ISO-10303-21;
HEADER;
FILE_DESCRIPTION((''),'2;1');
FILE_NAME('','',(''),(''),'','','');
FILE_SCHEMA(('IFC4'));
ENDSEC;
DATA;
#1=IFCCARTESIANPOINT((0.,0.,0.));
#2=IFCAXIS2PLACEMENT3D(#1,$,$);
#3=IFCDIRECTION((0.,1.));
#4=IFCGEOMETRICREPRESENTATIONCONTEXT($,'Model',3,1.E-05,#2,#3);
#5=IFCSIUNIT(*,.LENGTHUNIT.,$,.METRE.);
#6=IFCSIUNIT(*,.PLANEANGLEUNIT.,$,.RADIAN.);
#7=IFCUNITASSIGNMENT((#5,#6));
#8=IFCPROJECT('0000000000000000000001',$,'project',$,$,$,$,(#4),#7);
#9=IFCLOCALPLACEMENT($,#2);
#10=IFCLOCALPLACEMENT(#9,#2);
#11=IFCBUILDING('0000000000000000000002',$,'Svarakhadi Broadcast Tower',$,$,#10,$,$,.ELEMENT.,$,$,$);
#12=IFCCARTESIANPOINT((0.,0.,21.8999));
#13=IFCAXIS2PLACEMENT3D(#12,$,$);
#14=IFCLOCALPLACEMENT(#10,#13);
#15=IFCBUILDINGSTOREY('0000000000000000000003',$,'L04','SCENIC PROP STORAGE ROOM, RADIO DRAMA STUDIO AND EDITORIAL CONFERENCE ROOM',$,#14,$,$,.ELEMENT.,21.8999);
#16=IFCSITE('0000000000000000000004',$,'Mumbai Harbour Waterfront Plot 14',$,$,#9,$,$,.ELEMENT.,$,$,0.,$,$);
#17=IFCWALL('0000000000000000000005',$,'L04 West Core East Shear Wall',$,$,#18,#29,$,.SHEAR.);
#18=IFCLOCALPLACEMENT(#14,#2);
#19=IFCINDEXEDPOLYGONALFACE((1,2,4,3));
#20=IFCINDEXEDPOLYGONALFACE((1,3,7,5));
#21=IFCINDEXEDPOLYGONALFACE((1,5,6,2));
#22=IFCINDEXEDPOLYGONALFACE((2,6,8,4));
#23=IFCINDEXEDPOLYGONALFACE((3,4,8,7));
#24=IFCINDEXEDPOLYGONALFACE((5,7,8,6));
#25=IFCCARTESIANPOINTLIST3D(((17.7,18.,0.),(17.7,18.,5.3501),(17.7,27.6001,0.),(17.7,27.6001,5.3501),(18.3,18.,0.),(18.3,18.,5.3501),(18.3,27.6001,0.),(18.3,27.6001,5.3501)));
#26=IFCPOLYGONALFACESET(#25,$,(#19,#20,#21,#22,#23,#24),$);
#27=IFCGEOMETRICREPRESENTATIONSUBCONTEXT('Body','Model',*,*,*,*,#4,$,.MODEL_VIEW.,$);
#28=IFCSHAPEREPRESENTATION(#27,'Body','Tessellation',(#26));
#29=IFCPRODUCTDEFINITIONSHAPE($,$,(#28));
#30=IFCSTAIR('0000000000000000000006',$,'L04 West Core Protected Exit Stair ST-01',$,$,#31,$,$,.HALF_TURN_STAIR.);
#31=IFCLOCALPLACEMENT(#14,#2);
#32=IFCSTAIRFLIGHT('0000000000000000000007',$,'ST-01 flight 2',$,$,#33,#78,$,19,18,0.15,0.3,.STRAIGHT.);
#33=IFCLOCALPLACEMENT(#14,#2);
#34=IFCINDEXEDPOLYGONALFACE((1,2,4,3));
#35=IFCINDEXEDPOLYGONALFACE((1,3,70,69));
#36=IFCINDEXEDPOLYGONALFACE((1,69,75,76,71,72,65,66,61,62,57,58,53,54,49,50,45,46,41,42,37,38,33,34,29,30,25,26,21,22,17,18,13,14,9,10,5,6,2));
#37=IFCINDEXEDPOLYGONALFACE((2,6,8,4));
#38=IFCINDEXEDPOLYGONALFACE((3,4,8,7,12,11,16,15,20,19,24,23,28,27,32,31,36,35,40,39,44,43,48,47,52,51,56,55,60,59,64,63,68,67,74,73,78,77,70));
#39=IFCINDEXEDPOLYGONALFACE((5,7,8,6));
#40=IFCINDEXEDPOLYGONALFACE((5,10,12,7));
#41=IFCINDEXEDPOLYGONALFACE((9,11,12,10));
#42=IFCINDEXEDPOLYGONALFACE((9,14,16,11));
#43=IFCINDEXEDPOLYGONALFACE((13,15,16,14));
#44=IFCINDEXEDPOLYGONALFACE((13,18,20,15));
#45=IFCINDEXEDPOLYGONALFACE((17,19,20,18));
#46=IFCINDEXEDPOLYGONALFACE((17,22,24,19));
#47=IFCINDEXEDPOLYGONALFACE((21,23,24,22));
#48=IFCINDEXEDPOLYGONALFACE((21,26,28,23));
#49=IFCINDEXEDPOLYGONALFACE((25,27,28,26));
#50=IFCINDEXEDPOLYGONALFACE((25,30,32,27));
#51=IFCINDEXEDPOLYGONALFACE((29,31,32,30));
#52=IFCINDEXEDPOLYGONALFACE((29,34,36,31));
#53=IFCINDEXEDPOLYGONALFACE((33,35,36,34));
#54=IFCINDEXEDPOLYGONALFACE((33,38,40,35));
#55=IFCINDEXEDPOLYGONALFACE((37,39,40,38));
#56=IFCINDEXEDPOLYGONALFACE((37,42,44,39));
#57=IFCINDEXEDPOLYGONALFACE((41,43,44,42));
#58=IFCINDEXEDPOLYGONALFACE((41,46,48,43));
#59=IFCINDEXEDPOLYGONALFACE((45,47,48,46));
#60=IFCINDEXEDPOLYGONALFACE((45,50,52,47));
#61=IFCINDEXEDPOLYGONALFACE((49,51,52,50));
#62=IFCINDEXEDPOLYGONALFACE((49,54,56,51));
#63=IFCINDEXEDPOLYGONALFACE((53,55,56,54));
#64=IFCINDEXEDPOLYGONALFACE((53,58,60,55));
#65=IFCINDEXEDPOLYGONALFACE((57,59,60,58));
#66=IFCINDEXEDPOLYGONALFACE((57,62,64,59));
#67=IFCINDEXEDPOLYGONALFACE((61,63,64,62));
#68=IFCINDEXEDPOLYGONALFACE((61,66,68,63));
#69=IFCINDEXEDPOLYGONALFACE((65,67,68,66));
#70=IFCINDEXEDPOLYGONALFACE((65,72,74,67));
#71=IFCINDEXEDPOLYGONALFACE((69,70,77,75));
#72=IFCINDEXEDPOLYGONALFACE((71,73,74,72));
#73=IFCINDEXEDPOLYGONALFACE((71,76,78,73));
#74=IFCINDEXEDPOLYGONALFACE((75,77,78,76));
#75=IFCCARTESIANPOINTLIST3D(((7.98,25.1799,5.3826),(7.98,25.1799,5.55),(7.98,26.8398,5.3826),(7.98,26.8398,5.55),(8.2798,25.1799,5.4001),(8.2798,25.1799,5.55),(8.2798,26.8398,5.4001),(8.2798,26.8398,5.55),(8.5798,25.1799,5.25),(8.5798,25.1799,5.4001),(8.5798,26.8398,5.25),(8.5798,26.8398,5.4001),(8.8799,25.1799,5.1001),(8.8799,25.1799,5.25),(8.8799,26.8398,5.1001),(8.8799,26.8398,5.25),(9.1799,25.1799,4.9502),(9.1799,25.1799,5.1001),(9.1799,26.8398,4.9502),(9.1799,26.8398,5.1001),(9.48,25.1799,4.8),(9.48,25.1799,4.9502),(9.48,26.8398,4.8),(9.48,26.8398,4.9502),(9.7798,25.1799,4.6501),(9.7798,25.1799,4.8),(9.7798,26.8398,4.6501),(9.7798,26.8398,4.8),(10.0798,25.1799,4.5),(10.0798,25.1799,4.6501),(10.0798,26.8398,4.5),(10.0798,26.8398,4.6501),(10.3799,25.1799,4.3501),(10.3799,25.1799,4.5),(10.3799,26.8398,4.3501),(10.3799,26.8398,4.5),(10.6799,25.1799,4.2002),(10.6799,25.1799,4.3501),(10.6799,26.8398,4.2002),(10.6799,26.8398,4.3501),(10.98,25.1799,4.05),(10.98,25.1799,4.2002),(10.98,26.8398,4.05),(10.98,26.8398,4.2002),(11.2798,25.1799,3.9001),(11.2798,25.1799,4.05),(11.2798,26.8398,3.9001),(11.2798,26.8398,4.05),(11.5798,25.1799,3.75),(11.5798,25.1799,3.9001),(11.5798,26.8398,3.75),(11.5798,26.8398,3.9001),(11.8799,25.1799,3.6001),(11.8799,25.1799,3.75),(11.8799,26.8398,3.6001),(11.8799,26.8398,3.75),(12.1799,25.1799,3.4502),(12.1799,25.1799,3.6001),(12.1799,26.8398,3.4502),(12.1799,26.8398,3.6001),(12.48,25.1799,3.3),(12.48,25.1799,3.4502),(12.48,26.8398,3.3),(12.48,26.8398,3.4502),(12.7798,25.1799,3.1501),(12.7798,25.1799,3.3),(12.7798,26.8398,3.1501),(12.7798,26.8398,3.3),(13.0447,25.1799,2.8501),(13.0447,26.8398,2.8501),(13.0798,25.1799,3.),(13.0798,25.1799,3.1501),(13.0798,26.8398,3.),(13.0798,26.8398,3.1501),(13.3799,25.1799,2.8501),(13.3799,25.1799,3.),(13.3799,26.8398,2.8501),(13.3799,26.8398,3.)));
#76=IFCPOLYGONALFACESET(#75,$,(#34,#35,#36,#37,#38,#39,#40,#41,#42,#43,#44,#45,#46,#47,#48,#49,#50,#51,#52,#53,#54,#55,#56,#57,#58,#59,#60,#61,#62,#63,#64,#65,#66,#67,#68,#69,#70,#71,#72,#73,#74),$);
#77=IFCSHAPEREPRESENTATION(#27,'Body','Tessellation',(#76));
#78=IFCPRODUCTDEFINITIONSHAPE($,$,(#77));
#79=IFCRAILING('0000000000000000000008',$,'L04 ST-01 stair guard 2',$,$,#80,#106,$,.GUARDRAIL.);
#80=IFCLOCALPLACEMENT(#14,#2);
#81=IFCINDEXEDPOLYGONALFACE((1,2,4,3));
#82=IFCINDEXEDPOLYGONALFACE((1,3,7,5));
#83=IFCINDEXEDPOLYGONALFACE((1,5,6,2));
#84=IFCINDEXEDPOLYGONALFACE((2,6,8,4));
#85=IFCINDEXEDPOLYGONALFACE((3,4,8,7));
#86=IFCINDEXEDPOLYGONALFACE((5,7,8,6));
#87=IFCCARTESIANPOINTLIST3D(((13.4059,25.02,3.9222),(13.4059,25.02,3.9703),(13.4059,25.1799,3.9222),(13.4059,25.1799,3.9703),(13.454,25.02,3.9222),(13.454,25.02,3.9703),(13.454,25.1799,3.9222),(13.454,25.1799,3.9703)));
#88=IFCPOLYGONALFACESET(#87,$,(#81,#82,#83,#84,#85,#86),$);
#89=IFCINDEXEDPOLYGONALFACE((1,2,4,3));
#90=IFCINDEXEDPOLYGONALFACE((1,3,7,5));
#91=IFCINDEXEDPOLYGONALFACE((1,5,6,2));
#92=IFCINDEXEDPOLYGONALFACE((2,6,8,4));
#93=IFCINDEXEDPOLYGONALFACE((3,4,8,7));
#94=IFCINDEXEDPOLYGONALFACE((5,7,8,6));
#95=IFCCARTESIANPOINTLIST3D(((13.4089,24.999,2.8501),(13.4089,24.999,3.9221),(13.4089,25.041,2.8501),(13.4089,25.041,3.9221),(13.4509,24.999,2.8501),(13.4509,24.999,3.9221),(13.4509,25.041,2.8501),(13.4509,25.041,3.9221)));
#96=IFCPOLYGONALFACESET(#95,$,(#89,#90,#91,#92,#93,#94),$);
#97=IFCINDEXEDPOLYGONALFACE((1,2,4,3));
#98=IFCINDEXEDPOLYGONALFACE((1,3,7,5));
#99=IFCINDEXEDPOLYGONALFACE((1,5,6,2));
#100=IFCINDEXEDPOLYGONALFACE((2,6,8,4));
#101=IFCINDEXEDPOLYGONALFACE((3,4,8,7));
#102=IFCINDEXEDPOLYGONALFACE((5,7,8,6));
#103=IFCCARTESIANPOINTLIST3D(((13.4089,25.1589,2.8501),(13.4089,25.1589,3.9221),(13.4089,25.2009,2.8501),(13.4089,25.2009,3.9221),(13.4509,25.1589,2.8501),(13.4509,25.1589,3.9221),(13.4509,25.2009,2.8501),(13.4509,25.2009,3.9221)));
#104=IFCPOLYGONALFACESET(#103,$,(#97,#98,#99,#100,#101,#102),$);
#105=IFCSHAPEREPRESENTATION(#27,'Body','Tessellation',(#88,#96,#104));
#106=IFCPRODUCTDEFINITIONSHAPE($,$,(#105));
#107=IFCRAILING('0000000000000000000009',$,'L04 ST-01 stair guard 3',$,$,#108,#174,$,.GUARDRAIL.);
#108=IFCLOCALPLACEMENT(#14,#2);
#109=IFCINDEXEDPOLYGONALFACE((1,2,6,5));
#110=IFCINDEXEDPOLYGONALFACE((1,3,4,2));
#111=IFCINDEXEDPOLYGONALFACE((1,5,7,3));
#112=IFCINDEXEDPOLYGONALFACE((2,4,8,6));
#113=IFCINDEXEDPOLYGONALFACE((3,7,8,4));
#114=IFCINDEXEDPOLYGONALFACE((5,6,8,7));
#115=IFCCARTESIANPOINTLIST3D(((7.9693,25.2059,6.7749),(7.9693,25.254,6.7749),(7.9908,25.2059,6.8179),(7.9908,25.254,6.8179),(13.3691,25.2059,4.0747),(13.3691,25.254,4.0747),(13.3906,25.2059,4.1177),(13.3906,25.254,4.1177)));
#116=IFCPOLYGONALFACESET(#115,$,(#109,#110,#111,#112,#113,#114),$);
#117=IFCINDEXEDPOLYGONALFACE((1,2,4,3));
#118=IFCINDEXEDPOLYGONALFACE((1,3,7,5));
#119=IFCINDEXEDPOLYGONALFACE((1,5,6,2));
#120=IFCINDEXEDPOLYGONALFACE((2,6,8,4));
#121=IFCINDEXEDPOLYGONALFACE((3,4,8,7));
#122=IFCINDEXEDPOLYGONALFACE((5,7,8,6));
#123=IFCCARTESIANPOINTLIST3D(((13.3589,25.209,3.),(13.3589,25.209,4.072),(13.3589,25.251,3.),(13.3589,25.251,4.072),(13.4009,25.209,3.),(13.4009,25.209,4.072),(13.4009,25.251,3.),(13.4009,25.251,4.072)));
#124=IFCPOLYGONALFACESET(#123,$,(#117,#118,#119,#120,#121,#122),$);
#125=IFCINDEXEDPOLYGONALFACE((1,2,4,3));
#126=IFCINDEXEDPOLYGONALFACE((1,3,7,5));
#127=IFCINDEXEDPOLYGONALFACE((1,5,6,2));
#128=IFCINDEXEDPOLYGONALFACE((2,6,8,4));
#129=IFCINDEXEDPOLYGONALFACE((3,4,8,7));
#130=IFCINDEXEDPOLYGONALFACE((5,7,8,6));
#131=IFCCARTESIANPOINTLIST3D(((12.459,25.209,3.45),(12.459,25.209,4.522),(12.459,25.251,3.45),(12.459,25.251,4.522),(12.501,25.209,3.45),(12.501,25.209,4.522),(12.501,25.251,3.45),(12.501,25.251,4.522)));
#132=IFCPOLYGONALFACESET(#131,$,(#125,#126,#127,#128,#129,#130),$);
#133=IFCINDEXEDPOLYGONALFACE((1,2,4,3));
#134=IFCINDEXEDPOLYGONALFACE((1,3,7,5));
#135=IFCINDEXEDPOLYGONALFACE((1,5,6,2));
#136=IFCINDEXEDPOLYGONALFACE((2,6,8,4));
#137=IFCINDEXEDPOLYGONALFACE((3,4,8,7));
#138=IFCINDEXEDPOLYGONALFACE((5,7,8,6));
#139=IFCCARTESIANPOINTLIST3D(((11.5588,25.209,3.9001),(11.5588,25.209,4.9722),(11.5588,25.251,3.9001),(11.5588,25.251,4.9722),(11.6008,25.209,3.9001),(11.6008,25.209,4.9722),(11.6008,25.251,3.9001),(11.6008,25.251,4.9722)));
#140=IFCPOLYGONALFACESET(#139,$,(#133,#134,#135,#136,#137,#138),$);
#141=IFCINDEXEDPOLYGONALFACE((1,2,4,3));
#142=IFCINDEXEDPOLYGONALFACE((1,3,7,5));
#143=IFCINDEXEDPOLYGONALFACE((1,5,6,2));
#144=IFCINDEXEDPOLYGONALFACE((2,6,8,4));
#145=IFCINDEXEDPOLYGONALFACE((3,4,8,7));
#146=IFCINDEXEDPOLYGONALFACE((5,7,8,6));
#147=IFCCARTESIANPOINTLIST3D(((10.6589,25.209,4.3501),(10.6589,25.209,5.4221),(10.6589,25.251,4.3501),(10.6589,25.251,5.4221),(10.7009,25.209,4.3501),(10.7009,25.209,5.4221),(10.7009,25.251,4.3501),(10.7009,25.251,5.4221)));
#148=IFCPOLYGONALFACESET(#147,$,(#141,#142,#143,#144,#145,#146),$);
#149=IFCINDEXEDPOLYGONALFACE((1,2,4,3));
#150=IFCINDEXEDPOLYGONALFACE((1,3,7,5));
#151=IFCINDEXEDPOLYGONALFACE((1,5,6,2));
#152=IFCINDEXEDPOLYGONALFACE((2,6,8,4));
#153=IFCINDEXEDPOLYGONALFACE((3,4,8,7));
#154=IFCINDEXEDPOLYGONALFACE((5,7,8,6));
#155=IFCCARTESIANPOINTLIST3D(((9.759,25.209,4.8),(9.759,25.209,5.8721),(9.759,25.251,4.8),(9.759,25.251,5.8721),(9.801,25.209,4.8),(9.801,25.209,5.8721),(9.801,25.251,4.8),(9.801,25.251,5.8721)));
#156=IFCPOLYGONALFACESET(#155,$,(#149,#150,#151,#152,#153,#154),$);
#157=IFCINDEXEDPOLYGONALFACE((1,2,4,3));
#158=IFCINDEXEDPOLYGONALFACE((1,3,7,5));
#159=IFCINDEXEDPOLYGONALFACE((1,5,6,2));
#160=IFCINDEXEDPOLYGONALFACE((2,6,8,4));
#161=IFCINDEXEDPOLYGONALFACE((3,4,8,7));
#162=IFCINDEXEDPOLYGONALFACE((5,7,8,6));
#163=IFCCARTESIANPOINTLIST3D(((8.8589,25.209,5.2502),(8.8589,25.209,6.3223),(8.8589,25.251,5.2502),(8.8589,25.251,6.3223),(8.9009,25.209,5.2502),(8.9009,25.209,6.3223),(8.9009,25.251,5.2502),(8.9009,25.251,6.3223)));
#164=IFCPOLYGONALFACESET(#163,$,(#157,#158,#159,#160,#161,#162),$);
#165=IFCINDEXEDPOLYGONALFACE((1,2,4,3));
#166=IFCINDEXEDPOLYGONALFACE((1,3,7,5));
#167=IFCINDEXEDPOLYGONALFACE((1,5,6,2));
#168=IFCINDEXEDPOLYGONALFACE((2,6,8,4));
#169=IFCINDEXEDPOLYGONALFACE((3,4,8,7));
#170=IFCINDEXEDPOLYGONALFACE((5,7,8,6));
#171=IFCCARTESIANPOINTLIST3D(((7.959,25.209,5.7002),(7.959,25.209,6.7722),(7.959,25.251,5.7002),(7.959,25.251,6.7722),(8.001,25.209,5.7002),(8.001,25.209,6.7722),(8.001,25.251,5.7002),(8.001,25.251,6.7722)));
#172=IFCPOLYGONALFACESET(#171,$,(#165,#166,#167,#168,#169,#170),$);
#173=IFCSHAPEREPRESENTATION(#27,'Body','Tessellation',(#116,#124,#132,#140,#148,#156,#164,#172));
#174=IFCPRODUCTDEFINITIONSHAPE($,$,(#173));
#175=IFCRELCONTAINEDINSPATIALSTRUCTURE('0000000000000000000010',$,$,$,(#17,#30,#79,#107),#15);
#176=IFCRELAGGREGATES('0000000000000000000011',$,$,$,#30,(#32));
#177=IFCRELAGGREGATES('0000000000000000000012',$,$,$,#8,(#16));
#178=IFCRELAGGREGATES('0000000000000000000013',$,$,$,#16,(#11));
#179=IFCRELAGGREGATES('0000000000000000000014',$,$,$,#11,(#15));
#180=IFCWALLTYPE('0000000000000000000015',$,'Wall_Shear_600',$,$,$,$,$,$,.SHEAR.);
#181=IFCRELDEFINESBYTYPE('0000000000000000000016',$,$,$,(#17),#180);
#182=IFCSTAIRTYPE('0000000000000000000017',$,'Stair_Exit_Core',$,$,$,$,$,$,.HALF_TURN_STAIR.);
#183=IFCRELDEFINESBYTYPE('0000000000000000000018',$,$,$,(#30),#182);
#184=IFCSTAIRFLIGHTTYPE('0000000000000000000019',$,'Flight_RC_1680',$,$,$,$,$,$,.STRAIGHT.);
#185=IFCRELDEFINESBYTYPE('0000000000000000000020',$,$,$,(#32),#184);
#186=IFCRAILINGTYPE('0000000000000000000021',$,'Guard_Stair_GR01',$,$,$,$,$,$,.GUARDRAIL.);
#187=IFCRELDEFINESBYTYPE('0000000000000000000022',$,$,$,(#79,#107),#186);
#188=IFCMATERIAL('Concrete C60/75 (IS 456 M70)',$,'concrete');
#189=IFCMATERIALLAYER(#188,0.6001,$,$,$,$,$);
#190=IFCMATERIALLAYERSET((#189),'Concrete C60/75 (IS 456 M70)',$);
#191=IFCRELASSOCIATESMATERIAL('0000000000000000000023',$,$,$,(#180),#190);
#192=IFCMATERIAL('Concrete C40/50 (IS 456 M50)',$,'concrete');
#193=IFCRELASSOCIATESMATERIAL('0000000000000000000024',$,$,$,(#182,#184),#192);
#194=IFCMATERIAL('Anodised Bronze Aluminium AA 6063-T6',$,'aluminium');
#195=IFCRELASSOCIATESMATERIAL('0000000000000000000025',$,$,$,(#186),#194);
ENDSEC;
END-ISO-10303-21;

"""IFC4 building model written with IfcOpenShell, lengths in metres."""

from ifc_helpers import new_model, si_unit, direction, frame, frame_2d, origin, origin_2d, place, context, subcontext, project, spatial, polyline, rectangle, outline, extrude, material, layer, layer_set, type_object, element, aggregate, save


model = new_model("IFC4")

# Units and contexts
model_context = context("Model", 3, precision=1e-05, world=origin(), true_north=direction((0.0, 1.0)))
body_context = subcontext(model_context, "Body", "Model", "MODEL_VIEW")
ifc_project = project(units=[si_unit("LENGTHUNIT", "METRE"), si_unit("PLANEANGLEUNIT", "RADIAN")], contexts=[model_context])

# Site, building, storey
site_placement = place(None, origin())
site = spatial("IfcSite", under=ifc_project, at=site_placement, Name="Mumbai Harbour Waterfront Plot 14", CompositionType="ELEMENT", RefElevation=0.0)
building_placement = place(site_placement, origin())
building = spatial("IfcBuilding", under=site, at=building_placement, Name="Svarakhadi Broadcast Tower", CompositionType="ELEMENT")
storey_placement = place(building_placement, frame((0.0, 0.0, 21.8999)))
storey = spatial("IfcBuildingStorey", under=building, at=storey_placement, Name="L04", Description="SCENIC PROP STORAGE ROOM, RADIO DRAMA STUDIO AND EDITORIAL CONFERENCE ROOM", CompositionType="ELEMENT", Elevation=21.8999)

# Shared definitions
ifc_material_1 = material(Name="Concrete C60/75 (IS 456 M70)", Category="concrete")

# Shared definitions
ifc_material_2 = material(Name="Anodised Bronze Aluminium AA 6063-T6", Category="aluminium")

# Wall
ifc_layer_1 = layer(ifc_material_1, 0.6001)
ifc_layer_set_1 = layer_set([ifc_layer_1], Name="Concrete C60/75 (IS 456 M70)")
wall_type_1 = type_object("IfcWallType", Name="Wall_Shear_600", PredefinedType="SHEAR", material=ifc_layer_set_1)
wall_1_placement = place(storey_placement, frame((18.0, 18.0, 0.0), z_axis=(0.0, 0.0, 1.0), x_axis=(0.0, 1.0, 0.0)))
element("IfcWall", 1, at=wall_1_placement, inside=storey, type_object=wall_type_1, Name="L04 West Core East Shear Wall", PredefinedType="SHEAR", context=body_context, shape_type="SweptSolid", body=[
    extrude(rectangle(XDim=9.6001, YDim=0.6001, at=frame_2d((4.8, 0.0))), origin(), (0.0, 0.0, 1.0), 5.3501),
])

# Stair, stair flight
ifc_material_3 = material(Name="Concrete C40/50 (IS 456 M50)", Category="concrete")
stair_type = type_object("IfcStairType", Name="Stair_Exit_Core", PredefinedType="HALF_TURN_STAIR", material=ifc_material_3)
stair_placement = place(storey_placement, origin())
stair = element("IfcStair", 2, at=stair_placement, inside=storey, type_object=stair_type, Name="L04 West Core Protected Exit Stair ST-01", PredefinedType="HALF_TURN_STAIR")
stair_flight_type = type_object("IfcStairFlightType", Name="Flight_RC_1680", PredefinedType="STRAIGHT", material=ifc_material_3)
stair_flight_placement = place(storey_placement, frame((13.3799, 26.01, 2.8501), z_axis=(0.0, 0.0, 1.0), x_axis=(-1.0, 0.0, 0.0)))
stair_flight = element("IfcStairFlight", 3, at=stair_flight_placement, type_object=stair_flight_type, Name="ST-01 flight 2", NumberOfRisers=19, NumberOfTreads=18, PredefinedType="STRAIGHT", RiserHeight=0.15, TreadLength=0.3, context=body_context, shape_type="SweptSolid", body=[
    extrude(outline(polyline([(0.0, 0.0), (0.0, 0.1499), (0.3, 0.1499), (0.3, 0.3), (0.6001, 0.3), (0.6001, 0.45), (0.8999, 0.45), (0.8999, 0.6001), (1.2, 0.6001), (1.2, 0.75), (1.5, 0.75), (1.5, 0.8999), (1.8, 0.8999), (1.8, 1.05), (2.1001, 1.05), (2.1001, 1.2), (2.3999, 1.2), (2.3999, 1.3501), (2.7, 1.3501), (2.7, 1.5), (3.0, 1.5), (3.0, 1.6499), (3.3, 1.6499), (3.3, 1.8), (3.6001, 1.8), (3.6001, 1.95), (3.8999, 1.95), (3.8999, 2.1001), (4.2, 2.1001), (4.2, 2.25), (4.5, 2.25), (4.5, 2.3999), (4.8, 2.3999), (4.8, 2.55), (5.1001, 2.55), (5.1001, 2.7), (5.3999, 2.7), (5.3999, 2.8501), (5.3999, 2.5325), (0.3352, 0.0), (0.0, 0.0)])), frame((0.0, 0.8301, 0.0), z_axis=(0.0, -1.0, 0.0), x_axis=(1.0, 0.0, 0.0)), (0.0, 0.0, 1.0), 1.6599),
])
aggregate(stair, [stair_flight])

# Railings
railing_type_1 = type_object("IfcRailingType", Name="Guard_Stair_GR01", PredefinedType="GUARDRAIL", material=ifc_material_2)
railing_1_placement = place(storey_placement, frame((13.4299, 25.02, 2.8501)))
element("IfcRailing", 4, at=railing_1_placement, inside=storey, type_object=railing_type_1, Name="L04 ST-01 stair guard 2", PredefinedType="GUARDRAIL", context=body_context, shape_type="SweptSolid", body=[
    extrude(rectangle(XDim=0.0481, YDim=0.0481, at=origin_2d()), frame((0.0, 0.0, 1.0962), z_axis=(0.0, 1.0, 0.0), x_axis=(-1.0, 0.0, 0.0)), (0.0, 0.0, 1.0), 0.1599),
    extrude(rectangle(XDim=0.042, YDim=0.042, at=origin_2d()), origin(), (0.0, 0.0, 1.0), 1.072),
    extrude(rectangle(XDim=0.042, YDim=0.042, at=origin_2d()), frame((0.0, 0.1599, 0.0)), (0.0, 0.0, 1.0), 1.072),
])
railing_2_placement = place(storey_placement, frame((13.3799, 25.23, 3.0)))
element("IfcRailing", 5, at=railing_2_placement, inside=storey, type_object=railing_type_1, Name="L04 ST-01 stair guard 3", PredefinedType="GUARDRAIL", context=body_context, shape_type="SweptSolid", body=[
    extrude(rectangle(XDim=0.0481, YDim=0.0481, at=origin_2d()), frame((0.0, 0.0, 1.0962), z_axis=(-0.894411, 0.0, 0.447246), x_axis=(0.0, -1.0, 0.0)), (0.0, 0.0, 1.0), 6.0374),
    extrude(rectangle(XDim=0.042, YDim=0.042, at=origin_2d()), origin(), (0.0, 0.0, 1.0), 1.072),
    extrude(rectangle(XDim=0.042, YDim=0.042, at=origin_2d()), frame((-0.8999, 0.0, 0.45)), (0.0, 0.0, 1.0), 1.072),
    extrude(rectangle(XDim=0.042, YDim=0.042, at=origin_2d()), frame((-1.8, 0.0, 0.9001)), (0.0, 0.0, 1.0), 1.072),
    extrude(rectangle(XDim=0.042, YDim=0.042, at=origin_2d()), frame((-2.7, 0.0, 1.3501)), (0.0, 0.0, 1.0), 1.072),
    extrude(rectangle(XDim=0.042, YDim=0.042, at=origin_2d()), frame((-3.5999, 0.0, 1.8)), (0.0, 0.0, 1.0), 1.072),
    extrude(rectangle(XDim=0.042, YDim=0.042, at=origin_2d()), frame((-4.5, 0.0, 2.2502)), (0.0, 0.0, 1.0), 1.072),
    extrude(rectangle(XDim=0.042, YDim=0.042, at=origin_2d()), frame((-5.3999, 0.0, 2.7002)), (0.0, 0.0, 1.0), 1.072),
])

save(model, "model.ifc")
